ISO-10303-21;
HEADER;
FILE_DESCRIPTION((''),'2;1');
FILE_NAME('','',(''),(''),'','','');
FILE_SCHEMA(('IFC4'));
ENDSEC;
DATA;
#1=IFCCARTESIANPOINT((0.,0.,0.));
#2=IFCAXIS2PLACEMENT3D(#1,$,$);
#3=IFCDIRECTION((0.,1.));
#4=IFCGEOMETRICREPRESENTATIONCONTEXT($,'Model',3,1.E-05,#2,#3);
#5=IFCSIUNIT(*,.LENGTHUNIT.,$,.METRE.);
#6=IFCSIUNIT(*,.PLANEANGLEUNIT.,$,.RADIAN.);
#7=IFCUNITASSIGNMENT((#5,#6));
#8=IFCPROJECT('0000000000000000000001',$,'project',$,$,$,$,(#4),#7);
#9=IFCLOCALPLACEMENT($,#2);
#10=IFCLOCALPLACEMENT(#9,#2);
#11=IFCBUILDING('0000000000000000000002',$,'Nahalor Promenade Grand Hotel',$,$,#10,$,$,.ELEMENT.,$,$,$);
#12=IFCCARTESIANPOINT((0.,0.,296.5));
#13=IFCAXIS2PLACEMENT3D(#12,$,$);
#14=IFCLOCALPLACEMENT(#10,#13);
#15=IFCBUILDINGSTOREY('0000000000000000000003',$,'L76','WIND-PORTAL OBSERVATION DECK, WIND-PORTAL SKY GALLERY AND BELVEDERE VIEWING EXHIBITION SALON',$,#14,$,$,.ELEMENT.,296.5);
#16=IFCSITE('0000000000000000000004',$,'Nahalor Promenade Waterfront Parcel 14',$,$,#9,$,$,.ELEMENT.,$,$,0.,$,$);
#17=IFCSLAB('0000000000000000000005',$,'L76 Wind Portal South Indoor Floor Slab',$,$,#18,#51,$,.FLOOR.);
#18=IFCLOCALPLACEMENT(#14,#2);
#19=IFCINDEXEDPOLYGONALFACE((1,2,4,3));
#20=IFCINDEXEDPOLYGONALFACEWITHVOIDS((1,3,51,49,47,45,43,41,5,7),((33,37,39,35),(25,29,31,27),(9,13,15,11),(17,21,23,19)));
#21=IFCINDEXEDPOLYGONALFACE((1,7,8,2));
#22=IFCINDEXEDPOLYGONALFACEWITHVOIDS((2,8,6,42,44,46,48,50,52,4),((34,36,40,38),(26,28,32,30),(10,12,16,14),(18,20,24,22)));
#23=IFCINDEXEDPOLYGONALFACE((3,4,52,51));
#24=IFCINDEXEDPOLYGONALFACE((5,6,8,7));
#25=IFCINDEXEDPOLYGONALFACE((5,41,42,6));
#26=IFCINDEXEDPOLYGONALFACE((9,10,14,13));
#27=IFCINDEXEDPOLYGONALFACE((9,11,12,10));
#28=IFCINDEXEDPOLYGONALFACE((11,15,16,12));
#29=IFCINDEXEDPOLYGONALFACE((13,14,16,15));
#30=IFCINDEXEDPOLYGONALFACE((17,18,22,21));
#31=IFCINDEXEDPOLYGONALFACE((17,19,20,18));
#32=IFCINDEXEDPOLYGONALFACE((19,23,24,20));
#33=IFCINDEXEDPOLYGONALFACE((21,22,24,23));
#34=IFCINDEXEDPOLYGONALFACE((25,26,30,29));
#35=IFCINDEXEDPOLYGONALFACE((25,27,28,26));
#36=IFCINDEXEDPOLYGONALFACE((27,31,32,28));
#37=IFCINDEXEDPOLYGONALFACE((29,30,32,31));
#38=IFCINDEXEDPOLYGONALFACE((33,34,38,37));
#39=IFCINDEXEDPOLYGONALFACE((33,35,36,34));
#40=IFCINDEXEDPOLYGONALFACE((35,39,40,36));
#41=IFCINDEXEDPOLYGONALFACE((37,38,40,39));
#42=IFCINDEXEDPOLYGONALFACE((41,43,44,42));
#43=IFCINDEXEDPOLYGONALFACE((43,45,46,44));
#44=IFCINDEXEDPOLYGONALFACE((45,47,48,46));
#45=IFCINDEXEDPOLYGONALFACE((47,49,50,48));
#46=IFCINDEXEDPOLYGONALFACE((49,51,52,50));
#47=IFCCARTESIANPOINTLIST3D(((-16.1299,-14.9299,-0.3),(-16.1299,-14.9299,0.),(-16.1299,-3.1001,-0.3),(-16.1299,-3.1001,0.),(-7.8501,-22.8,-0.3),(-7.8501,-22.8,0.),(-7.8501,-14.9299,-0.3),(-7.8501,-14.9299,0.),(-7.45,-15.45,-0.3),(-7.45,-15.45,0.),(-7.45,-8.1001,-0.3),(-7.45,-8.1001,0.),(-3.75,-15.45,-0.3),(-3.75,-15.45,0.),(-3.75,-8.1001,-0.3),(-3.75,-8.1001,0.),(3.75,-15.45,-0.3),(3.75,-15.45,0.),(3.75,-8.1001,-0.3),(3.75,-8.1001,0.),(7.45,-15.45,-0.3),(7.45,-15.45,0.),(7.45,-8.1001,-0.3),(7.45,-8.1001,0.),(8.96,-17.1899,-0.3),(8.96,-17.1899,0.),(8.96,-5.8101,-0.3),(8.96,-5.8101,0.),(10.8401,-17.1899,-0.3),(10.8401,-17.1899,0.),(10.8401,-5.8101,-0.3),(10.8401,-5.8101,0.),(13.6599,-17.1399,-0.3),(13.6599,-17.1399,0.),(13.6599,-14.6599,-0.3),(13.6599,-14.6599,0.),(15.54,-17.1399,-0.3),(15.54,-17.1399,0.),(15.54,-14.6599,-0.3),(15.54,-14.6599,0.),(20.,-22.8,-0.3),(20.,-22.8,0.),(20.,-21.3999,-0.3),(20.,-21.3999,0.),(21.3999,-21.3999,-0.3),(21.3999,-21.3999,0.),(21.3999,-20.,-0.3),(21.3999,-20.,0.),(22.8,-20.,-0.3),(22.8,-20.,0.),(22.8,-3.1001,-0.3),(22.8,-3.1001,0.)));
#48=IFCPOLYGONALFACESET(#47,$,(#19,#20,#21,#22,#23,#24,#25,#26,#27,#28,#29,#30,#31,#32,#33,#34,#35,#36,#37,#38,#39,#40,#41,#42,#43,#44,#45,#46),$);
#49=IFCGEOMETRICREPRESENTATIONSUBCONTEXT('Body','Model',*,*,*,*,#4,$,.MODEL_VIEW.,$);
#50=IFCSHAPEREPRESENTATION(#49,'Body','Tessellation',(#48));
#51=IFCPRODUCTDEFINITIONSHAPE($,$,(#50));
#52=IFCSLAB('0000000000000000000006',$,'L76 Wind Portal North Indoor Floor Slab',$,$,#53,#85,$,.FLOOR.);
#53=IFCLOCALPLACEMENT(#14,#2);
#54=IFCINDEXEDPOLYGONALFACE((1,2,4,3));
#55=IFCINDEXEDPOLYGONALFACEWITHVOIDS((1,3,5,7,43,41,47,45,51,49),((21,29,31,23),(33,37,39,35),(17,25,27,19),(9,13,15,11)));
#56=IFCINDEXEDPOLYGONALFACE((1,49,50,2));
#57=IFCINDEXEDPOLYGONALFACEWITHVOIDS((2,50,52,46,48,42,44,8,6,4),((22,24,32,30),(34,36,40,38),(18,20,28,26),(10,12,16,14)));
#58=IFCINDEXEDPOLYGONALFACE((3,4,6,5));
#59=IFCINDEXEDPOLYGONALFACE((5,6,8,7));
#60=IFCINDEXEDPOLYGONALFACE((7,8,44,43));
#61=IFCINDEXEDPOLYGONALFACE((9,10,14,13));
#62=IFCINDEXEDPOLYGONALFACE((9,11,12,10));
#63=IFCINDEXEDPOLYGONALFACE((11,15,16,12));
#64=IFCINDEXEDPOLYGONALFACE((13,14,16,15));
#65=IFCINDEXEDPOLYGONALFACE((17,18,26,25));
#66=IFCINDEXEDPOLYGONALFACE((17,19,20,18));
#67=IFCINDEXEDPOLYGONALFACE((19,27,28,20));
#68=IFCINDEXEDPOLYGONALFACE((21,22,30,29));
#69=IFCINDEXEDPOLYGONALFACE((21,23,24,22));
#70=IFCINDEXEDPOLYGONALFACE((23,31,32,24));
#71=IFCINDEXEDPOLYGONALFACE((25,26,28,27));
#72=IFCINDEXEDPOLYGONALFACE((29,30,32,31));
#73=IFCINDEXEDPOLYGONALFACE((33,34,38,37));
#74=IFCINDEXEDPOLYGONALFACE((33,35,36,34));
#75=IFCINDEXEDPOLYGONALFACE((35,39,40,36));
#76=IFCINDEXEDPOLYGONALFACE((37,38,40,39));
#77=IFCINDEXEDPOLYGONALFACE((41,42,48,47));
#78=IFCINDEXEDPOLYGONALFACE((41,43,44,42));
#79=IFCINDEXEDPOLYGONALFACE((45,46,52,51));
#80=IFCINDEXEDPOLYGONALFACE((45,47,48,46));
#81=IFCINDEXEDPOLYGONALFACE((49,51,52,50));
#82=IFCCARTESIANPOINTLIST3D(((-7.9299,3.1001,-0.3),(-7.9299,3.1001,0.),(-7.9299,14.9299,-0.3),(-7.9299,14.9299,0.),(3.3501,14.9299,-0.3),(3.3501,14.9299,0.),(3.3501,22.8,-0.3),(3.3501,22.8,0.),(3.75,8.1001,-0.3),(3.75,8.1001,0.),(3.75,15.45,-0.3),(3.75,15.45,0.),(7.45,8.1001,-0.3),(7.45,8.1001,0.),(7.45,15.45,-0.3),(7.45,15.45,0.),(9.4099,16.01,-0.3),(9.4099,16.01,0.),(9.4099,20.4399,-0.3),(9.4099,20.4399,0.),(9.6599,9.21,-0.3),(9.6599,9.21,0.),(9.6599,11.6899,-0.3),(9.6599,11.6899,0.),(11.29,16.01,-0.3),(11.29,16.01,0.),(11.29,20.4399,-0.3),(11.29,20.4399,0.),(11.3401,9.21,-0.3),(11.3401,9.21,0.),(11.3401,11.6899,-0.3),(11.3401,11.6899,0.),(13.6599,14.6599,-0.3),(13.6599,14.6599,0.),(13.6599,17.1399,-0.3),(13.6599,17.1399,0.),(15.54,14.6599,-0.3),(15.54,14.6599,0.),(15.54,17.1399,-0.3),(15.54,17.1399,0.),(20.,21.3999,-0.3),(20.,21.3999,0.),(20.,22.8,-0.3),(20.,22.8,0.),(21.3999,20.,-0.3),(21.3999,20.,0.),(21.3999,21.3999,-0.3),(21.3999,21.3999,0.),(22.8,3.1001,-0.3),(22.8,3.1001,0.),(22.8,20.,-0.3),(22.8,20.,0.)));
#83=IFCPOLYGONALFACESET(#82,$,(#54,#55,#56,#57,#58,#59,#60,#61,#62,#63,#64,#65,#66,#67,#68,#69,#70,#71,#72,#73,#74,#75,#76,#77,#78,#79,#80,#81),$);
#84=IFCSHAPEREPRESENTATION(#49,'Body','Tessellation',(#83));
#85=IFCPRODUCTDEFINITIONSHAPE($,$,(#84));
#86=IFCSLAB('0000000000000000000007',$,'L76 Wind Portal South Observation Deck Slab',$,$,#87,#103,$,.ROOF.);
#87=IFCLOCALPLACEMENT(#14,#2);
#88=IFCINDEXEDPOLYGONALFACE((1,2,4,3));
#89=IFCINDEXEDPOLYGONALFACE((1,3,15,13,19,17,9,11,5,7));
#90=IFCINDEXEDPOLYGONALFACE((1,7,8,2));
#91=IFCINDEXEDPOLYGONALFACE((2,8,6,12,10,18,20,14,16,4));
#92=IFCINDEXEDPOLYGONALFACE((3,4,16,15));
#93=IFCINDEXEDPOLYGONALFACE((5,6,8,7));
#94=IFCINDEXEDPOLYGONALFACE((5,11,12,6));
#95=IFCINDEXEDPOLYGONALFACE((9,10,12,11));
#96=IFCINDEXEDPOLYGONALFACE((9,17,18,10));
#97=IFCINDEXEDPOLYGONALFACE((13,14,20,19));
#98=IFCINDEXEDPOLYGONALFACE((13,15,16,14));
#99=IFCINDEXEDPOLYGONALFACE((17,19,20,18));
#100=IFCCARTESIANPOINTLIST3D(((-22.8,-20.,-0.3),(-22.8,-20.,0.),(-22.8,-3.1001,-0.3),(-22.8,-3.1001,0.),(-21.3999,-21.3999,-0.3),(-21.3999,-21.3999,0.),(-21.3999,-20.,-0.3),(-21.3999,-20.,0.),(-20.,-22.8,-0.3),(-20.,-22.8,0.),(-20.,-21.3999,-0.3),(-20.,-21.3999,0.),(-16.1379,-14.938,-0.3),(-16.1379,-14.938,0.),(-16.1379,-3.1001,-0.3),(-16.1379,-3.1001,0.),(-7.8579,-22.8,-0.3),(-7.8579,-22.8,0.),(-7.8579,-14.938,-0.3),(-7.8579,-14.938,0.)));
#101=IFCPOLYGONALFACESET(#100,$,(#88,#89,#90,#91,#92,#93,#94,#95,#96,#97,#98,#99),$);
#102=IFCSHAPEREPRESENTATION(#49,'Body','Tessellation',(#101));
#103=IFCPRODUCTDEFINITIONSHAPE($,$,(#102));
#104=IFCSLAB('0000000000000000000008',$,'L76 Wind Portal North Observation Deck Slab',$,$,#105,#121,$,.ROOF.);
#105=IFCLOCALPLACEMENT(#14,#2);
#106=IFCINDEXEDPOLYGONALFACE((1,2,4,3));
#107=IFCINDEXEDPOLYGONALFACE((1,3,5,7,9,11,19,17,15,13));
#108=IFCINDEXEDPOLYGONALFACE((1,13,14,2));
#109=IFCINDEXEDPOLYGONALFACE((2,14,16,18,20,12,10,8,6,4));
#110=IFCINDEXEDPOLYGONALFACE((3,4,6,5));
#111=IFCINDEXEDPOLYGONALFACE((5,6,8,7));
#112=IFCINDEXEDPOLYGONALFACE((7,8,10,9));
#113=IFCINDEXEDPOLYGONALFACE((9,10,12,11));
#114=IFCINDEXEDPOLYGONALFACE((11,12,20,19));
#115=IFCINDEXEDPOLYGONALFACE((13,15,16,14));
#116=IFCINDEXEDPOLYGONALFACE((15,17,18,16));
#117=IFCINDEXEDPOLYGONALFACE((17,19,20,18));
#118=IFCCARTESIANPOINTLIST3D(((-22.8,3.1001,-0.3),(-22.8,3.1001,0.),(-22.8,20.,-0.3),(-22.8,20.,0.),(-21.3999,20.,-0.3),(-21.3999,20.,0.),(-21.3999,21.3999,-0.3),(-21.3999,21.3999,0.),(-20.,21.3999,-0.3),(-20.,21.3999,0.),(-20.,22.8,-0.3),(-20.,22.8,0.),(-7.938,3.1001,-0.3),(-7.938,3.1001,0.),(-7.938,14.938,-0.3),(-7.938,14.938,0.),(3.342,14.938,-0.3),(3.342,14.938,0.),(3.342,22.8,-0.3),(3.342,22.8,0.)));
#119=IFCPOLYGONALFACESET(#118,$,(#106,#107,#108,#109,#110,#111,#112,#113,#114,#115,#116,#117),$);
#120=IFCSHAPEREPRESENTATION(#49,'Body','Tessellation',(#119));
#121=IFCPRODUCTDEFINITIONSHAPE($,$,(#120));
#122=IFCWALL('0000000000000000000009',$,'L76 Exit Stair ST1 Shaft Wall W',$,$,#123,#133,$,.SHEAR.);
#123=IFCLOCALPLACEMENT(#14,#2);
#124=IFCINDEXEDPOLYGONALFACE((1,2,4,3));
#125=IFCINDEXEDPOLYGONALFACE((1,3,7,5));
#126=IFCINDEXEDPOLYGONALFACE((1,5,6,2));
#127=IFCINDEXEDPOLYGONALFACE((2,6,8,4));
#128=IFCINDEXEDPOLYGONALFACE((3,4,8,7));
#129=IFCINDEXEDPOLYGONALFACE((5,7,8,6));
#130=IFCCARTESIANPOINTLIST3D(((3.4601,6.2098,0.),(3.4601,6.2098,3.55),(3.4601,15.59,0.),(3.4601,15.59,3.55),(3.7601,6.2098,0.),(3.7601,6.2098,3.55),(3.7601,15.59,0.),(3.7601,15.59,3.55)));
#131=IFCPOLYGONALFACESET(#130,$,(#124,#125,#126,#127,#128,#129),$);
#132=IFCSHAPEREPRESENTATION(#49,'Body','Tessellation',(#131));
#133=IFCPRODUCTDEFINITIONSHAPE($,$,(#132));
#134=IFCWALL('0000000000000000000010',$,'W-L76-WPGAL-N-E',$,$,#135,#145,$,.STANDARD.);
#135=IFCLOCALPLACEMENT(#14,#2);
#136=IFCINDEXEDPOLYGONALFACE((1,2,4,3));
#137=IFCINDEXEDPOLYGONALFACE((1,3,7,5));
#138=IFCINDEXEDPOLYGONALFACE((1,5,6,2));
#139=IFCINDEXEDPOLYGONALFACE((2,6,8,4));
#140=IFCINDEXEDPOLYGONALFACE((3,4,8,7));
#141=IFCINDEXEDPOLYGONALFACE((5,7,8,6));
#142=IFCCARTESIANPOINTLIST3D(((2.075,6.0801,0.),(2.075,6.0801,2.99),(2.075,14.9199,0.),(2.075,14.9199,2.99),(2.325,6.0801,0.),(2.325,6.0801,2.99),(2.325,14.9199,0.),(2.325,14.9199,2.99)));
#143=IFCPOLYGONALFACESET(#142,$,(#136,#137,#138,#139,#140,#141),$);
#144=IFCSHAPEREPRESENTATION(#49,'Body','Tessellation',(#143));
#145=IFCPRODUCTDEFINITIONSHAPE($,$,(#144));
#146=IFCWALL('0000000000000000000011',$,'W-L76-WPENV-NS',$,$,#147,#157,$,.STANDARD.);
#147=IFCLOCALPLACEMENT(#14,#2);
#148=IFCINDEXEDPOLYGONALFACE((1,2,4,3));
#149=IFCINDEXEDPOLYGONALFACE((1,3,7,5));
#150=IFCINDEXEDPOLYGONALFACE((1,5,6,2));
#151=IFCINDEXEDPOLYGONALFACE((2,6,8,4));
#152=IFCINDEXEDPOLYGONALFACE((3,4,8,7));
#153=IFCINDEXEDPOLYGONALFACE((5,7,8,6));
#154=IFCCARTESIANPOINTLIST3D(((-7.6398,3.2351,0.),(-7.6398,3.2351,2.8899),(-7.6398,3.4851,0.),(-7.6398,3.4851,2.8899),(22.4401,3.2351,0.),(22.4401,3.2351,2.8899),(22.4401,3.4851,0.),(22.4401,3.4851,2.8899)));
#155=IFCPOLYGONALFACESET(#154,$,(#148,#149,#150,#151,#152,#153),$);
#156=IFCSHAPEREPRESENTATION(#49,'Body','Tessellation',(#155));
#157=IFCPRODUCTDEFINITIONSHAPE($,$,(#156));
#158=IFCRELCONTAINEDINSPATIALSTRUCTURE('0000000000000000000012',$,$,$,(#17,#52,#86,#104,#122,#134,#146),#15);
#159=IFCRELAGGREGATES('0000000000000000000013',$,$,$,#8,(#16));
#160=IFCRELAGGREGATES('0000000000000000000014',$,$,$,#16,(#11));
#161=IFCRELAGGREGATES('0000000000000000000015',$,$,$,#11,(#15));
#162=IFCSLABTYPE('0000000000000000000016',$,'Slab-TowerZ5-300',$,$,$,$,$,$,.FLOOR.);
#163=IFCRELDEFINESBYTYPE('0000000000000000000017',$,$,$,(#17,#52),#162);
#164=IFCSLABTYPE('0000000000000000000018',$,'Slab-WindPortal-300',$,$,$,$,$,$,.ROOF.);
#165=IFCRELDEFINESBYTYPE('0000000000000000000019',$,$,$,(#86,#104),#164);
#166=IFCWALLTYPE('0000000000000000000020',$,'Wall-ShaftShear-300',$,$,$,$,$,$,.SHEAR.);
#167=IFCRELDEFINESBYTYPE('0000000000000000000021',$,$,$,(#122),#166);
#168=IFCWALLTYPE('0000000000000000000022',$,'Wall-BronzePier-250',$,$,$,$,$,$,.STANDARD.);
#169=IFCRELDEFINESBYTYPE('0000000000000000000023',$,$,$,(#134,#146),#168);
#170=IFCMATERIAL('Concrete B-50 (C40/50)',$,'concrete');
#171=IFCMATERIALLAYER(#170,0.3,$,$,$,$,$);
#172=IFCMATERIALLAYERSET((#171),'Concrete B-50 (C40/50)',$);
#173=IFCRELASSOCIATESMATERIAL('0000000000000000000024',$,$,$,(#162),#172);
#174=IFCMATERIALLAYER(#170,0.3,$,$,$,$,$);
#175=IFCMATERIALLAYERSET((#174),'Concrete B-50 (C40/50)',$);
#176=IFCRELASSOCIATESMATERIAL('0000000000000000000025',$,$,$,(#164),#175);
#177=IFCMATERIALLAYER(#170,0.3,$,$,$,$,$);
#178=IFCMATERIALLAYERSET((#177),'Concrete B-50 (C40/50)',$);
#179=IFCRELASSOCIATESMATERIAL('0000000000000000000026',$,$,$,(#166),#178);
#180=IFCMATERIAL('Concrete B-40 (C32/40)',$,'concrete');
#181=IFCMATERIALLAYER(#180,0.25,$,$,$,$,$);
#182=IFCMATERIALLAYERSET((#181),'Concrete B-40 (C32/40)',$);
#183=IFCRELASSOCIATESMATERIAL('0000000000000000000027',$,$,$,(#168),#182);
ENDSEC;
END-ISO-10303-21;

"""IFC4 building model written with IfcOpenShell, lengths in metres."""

from ifc_helpers import new_model, si_unit, direction, frame, frame_2d, origin, place, context, subcontext, project, spatial, polyline, rectangle, outline, extrude, source, transform, mapped, material, layer, layer_set, type_object, element, save


model = new_model("IFC4")

# Units and contexts
model_context = context("Model", 3, precision=1e-05, world=origin(), true_north=direction((0.0, 1.0)))
body_context = subcontext(model_context, "Body", "Model", "MODEL_VIEW")
ifc_project = project(units=[si_unit("LENGTHUNIT", "METRE"), si_unit("PLANEANGLEUNIT", "RADIAN")], contexts=[model_context])

# Site, building, storey
site_placement = place(None, origin())
site = spatial("IfcSite", under=ifc_project, at=site_placement, Name="Nahalor Promenade Waterfront Parcel 14", CompositionType="ELEMENT", RefElevation=0.0)
building_placement = place(site_placement, origin())
building = spatial("IfcBuilding", under=site, at=building_placement, Name="Nahalor Promenade Grand Hotel", CompositionType="ELEMENT")
storey_placement = place(building_placement, frame((0.0, 0.0, 296.5)))
storey = spatial("IfcBuildingStorey", under=building, at=storey_placement, Name="L76", Description="WIND-PORTAL OBSERVATION DECK, WIND-PORTAL SKY GALLERY AND BELVEDERE VIEWING EXHIBITION SALON", CompositionType="ELEMENT", Elevation=296.5)

# Shared definitions
ifc_material_1 = material(Name="Concrete B-50 (C40/50)", Category="concrete")

# Slabs
ifc_layer_1 = layer(ifc_material_1, 0.3)
ifc_layer_set_1 = layer_set([ifc_layer_1], Name="Concrete B-50 (C40/50)")
slab_type_1 = type_object("IfcSlabType", Name="Slab-TowerZ5-300", PredefinedType="FLOOR", material=ifc_layer_set_1)
slab_1_placement = place(storey_placement, frame((0.0, 0.0, -0.3)))
element("IfcSlab", 1, at=slab_1_placement, inside=storey, type_object=slab_type_1, Name="L76 Wind Portal South Indoor Floor Slab", PredefinedType="FLOOR", context=body_context, shape_type="SweptSolid", body=[
    extrude(outline(polyline([(22.8, -3.1001), (-16.1299, -3.1001), (-16.1299, -14.9299), (-7.8501, -14.9299), (-7.8501, -22.8), (20.0, -22.8), (20.0, -21.3999), (21.3999, -21.3999), (21.3999, -20.0), (22.8, -20.0), (22.8, -3.1001)]), holes=[polyline([(3.75, -15.45), (7.45, -15.45), (7.45, -8.1001), (3.75, -8.1001), (3.75, -15.45)]), polyline([(-7.45, -15.45), (-3.75, -15.45), (-3.75, -8.1001), (-7.45, -8.1001), (-7.45, -15.45)]), polyline([(8.96, -17.1899), (10.8401, -17.1899), (10.8401, -5.8101), (8.96, -5.8101), (8.96, -17.1899)]), polyline([(13.6599, -17.1399), (15.54, -17.1399), (15.54, -14.6599), (13.6599, -14.6599), (13.6599, -17.1399)])]), origin(), (0.0, 0.0, 1.0), 0.3),
])
slab_2_placement = place(storey_placement, frame((0.0, 0.0, -0.3)))
element("IfcSlab", 2, at=slab_2_placement, inside=storey, type_object=slab_type_1, Name="L76 Wind Portal North Indoor Floor Slab", PredefinedType="FLOOR", context=body_context, shape_type="SweptSolid", body=[
    extrude(outline(polyline([(20.0, 22.8), (3.3501, 22.8), (3.3501, 14.9299), (-7.9299, 14.9299), (-7.9299, 3.1001), (22.8, 3.1001), (22.8, 20.0), (21.3999, 20.0), (21.3999, 21.3999), (20.0, 21.3999), (20.0, 22.8)]), holes=[polyline([(3.75, 8.1001), (7.45, 8.1001), (7.45, 15.45), (3.75, 15.45), (3.75, 8.1001)]), polyline([(9.4099, 16.01), (11.29, 16.01), (11.29, 20.4399), (9.4099, 20.4399), (9.4099, 16.01)]), polyline([(9.6599, 9.21), (11.3401, 9.21), (11.3401, 11.6899), (9.6599, 11.6899), (9.6599, 9.21)]), polyline([(13.6599, 14.6599), (15.54, 14.6599), (15.54, 17.1399), (13.6599, 17.1399), (13.6599, 14.6599)])]), origin(), (0.0, 0.0, 1.0), 0.3),
])
ifc_layer_2 = layer(ifc_material_1, 0.3)
ifc_layer_set_2 = layer_set([ifc_layer_2], Name="Concrete B-50 (C40/50)")
slab_type_2 = type_object("IfcSlabType", Name="Slab-WindPortal-300", PredefinedType="ROOF", material=ifc_layer_set_2)
slab_3_placement = place(storey_placement, frame((0.0, 0.0, -0.3)))
element("IfcSlab", 3, at=slab_3_placement, inside=storey, type_object=slab_type_2, Name="L76 Wind Portal South Observation Deck Slab", PredefinedType="ROOF", context=body_context, shape_type="SweptSolid", body=[
    extrude(outline(polyline([(-20.0, -22.8), (-7.8579, -22.8), (-7.8579, -14.938), (-16.1379, -14.938), (-16.1379, -3.1001), (-22.8, -3.1001), (-22.8, -20.0), (-21.3999, -20.0), (-21.3999, -21.3999), (-20.0, -21.3999), (-20.0, -22.8)])), origin(), (0.0, 0.0, 1.0), 0.3),
])
slab_4_placement = place(storey_placement, frame((0.0, 0.0, -0.3)))
element("IfcSlab", 4, at=slab_4_placement, inside=storey, type_object=slab_type_2, Name="L76 Wind Portal North Observation Deck Slab", PredefinedType="ROOF", context=body_context, shape_type="SweptSolid", body=[
    extrude(outline(polyline([(-22.8, 3.1001), (-7.938, 3.1001), (-7.938, 14.938), (3.342, 14.938), (3.342, 22.8), (-20.0, 22.8), (-20.0, 21.3999), (-21.3999, 21.3999), (-21.3999, 20.0), (-22.8, 20.0), (-22.8, 3.1001)])), origin(), (0.0, 0.0, 1.0), 0.3),
])

# Shared definitions
ifc_layer_3 = layer(ifc_material_1, 0.3)
ifc_layer_set_3 = layer_set([ifc_layer_3], Name="Concrete B-50 (C40/50)")
wall_type_1 = type_object("IfcWallType", Name="Wall-ShaftShear-300", PredefinedType="SHEAR", material=ifc_layer_set_3)

# Walls
shared_shape_1 = source(origin(), body_context, "Body", "SweptSolid", [
    extrude(rectangle(XDim=9.3801, YDim=0.3, at=frame_2d((4.6899, 0.0))), origin(), (0.0, 0.0, 1.0), 3.55),
])
wall_1_placement = place(storey_placement, frame((3.6101, 6.21, 0.0), z_axis=(0.0, 0.0, 1.0), x_axis=(0.0, 1.0, 0.0)))
element("IfcWall", 5, at=wall_1_placement, inside=storey, type_object=wall_type_1, Name="L76 Exit Stair ST1 Shaft Wall W", PredefinedType="SHEAR", context=body_context, shape_type="MappedRepresentation", body=[
    mapped(shared_shape_1, transform((0.0, 0.0, 0.0), scale=1.0)),
])
ifc_material_2 = material(Name="Concrete B-40 (C32/40)", Category="concrete")
ifc_layer_4 = layer(ifc_material_2, 0.25)
ifc_layer_set_4 = layer_set([ifc_layer_4], Name="Concrete B-40 (C32/40)")
wall_type_2 = type_object("IfcWallType", Name="Wall-BronzePier-250", PredefinedType="STANDARD", material=ifc_layer_set_4)
shared_shape_2 = source(origin(), body_context, "Body", "SweptSolid", [
    extrude(rectangle(XDim=8.8398, YDim=0.25, at=frame_2d((4.4199, 0.0))), origin(), (0.0, 0.0, 1.0), 2.99),
])
wall_2_placement = place(storey_placement, frame((2.2, 6.0801, 0.0), z_axis=(0.0, 0.0, 1.0), x_axis=(0.0, 1.0, 0.0)))
element("IfcWall", 6, at=wall_2_placement, inside=storey, type_object=wall_type_2, Name="W-L76-WPGAL-N-E", PredefinedType="STANDARD", context=body_context, shape_type="MappedRepresentation", body=[
    mapped(shared_shape_2, transform((0.0, 0.0, 0.0), scale=1.0)),
])
shared_shape_3 = source(origin(), body_context, "Body", "SweptSolid", [
    extrude(rectangle(XDim=30.0798, YDim=0.25, at=frame_2d((15.04, 0.0))), origin(), (0.0, 0.0, 1.0), 2.8899),
])
wall_3_placement = place(storey_placement, frame((-7.6399, 3.3601, 0.0), z_axis=(0.0, 0.0, 1.0), x_axis=(1.0, 0.0, 0.0)))
element("IfcWall", 7, at=wall_3_placement, inside=storey, type_object=wall_type_2, Name="W-L76-WPENV-NS", PredefinedType="STANDARD", context=body_context, shape_type="MappedRepresentation", body=[
    mapped(shared_shape_3, transform((0.0, 0.0, 0.0), scale=1.0)),
])

save(model, "model.ifc")
